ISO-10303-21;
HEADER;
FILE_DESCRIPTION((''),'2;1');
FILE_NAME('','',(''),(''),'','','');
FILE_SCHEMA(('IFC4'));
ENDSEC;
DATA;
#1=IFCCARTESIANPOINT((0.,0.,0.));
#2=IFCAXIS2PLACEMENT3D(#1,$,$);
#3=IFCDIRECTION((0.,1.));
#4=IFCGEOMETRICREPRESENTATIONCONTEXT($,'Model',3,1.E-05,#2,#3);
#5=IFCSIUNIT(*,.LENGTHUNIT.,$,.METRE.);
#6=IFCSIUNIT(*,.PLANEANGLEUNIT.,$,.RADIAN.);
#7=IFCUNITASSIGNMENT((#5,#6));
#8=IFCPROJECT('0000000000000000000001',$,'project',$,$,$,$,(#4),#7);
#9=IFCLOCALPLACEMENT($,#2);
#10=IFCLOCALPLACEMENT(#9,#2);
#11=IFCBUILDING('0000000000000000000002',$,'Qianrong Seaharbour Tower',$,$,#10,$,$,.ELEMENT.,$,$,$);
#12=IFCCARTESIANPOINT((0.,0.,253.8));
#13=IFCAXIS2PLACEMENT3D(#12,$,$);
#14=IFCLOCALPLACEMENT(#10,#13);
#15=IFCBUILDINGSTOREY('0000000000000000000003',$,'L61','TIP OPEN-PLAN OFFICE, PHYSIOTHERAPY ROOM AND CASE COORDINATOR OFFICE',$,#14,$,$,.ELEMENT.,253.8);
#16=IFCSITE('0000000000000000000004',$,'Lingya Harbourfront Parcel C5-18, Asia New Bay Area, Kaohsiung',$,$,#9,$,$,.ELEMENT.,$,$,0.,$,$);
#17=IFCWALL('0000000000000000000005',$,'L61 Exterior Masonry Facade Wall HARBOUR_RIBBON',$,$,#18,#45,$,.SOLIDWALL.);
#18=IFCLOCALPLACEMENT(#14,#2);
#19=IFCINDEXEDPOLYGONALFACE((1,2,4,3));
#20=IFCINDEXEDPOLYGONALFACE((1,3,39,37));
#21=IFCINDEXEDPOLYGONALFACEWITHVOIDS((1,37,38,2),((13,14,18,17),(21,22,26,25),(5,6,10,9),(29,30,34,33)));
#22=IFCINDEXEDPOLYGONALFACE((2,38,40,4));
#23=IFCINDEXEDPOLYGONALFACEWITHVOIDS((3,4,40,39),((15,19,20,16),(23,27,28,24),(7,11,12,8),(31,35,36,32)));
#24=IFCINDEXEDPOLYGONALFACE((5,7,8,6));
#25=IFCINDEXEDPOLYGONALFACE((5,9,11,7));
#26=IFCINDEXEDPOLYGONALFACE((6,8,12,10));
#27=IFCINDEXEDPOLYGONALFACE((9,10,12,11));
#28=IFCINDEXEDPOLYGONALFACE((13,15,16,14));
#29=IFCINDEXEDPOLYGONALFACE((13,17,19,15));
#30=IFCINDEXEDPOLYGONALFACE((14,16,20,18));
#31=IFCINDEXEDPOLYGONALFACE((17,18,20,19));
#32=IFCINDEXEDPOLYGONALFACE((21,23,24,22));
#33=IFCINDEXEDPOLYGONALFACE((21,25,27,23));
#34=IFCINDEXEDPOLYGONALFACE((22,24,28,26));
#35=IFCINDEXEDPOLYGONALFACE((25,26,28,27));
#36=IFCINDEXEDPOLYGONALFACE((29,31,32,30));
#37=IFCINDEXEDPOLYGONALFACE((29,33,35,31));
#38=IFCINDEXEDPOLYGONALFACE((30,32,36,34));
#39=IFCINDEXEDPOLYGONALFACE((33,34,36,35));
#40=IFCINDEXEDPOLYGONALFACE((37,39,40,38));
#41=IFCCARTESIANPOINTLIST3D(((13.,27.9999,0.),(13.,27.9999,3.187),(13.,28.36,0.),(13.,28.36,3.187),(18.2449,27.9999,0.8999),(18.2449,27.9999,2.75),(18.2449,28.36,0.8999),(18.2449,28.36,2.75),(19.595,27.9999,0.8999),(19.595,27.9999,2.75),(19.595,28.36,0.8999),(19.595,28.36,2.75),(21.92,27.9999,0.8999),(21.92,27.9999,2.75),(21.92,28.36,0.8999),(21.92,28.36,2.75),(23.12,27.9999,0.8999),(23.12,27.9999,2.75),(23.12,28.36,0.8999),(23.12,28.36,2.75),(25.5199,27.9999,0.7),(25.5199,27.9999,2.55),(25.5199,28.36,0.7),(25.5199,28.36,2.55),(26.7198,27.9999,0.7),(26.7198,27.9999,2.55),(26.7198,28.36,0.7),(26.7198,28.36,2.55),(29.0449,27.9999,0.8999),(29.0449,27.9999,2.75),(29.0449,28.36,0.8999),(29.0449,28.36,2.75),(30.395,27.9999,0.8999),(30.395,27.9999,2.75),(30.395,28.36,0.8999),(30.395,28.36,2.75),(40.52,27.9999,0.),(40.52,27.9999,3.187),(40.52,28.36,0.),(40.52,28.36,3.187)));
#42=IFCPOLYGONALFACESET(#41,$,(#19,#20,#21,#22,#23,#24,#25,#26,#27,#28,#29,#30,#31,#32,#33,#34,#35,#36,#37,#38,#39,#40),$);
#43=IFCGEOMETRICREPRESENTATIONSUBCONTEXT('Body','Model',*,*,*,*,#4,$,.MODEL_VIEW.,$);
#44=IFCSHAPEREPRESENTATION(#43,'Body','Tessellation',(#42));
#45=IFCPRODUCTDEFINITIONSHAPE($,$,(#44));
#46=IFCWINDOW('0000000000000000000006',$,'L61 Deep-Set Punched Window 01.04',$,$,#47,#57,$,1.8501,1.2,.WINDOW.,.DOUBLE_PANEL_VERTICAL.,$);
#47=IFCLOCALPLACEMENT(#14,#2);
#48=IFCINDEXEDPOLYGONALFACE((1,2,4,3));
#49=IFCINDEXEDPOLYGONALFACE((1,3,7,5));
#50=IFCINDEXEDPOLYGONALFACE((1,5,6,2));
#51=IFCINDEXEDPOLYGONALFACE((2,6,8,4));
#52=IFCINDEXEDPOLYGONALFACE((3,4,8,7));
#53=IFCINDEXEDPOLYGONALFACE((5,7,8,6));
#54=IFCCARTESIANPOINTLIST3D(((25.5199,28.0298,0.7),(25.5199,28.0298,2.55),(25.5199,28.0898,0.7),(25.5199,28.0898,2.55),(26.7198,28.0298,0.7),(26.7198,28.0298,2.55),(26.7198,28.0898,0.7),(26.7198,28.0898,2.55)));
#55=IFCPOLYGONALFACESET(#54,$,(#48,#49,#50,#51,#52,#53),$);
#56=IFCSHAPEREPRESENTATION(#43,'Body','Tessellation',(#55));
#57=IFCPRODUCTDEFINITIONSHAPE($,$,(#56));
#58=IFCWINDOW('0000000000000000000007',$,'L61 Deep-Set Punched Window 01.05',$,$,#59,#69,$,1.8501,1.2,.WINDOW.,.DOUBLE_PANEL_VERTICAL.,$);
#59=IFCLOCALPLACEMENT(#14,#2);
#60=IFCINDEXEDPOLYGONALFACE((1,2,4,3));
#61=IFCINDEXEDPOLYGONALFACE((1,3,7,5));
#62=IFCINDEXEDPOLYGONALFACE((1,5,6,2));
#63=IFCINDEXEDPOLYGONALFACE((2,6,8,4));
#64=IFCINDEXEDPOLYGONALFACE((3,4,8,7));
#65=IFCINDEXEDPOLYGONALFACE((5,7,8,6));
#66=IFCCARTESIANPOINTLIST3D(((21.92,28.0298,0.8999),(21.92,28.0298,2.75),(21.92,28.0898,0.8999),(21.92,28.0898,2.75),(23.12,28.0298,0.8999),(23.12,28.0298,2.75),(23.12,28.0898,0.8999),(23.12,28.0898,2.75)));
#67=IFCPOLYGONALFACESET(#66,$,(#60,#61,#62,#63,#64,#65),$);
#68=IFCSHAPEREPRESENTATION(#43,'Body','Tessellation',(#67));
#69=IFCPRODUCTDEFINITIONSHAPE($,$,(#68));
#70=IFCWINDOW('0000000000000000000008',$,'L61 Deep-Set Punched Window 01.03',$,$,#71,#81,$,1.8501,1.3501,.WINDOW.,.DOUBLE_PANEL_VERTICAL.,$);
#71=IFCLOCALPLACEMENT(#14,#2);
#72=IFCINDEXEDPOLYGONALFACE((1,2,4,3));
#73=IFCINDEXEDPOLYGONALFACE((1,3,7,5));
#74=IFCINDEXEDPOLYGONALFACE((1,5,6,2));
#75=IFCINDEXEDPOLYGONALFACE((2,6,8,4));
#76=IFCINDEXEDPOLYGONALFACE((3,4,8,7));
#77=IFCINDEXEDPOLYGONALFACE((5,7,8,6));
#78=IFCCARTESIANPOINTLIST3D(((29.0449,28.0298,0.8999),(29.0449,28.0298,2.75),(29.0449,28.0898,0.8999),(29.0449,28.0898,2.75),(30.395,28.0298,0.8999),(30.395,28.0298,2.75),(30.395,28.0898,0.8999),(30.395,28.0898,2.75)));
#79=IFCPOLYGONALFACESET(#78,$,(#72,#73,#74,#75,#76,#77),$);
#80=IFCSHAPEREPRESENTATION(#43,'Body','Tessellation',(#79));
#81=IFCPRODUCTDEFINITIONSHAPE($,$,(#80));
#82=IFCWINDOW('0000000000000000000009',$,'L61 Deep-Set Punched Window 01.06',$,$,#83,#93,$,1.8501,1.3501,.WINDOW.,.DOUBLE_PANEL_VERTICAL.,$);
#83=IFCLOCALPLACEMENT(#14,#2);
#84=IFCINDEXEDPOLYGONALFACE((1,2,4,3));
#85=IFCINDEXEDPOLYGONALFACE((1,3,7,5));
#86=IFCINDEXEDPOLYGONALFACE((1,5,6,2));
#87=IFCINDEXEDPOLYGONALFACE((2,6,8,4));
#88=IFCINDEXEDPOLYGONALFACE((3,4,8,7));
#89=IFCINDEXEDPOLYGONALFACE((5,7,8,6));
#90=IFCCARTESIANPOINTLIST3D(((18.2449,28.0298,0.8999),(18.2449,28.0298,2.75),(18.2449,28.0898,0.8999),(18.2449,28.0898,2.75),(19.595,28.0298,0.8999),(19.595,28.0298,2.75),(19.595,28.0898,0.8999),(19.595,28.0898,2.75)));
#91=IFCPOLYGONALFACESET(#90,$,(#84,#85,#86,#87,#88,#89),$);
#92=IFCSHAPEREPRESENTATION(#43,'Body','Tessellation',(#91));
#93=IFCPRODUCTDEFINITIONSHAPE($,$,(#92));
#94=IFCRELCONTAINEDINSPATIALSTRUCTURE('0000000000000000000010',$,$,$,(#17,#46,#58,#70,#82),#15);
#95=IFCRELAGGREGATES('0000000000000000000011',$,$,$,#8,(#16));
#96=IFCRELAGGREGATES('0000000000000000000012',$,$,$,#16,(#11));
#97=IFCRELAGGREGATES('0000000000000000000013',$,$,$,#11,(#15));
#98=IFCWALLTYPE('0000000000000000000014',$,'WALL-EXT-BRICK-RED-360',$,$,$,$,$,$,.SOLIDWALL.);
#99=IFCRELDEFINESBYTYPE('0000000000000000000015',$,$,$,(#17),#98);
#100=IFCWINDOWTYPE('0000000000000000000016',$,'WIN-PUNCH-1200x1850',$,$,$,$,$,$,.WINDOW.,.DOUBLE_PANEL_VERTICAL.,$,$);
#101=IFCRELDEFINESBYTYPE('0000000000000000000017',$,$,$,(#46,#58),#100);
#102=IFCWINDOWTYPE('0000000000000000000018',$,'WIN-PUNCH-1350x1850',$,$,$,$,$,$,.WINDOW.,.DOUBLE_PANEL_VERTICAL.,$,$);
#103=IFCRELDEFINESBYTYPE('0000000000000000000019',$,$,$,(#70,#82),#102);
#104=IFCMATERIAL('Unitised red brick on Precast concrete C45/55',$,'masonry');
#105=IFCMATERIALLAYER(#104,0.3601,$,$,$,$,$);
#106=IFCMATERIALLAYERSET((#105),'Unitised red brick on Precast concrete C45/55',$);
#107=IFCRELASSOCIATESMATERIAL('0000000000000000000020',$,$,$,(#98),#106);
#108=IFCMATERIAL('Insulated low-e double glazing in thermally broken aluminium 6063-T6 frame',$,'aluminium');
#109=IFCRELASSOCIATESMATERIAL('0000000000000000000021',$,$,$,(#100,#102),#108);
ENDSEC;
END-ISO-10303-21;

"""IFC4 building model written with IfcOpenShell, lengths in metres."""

from ifc_helpers import new_model, si_unit, direction, frame, frame_2d, origin, place, context, subcontext, project, spatial, rectangle, extrude, material, layer, layer_set, type_object, element, fill, save


model = new_model("IFC4")

# Units and contexts
model_context = context("Model", 3, precision=1e-05, world=origin(), true_north=direction((0.0, 1.0)))
body_context = subcontext(model_context, "Body", "Model", "MODEL_VIEW")
ifc_project = project(units=[si_unit("LENGTHUNIT", "METRE"), si_unit("PLANEANGLEUNIT", "RADIAN")], contexts=[model_context])

# Site, building, storey
site_placement = place(None, origin())
site = spatial("IfcSite", under=ifc_project, at=site_placement, Name="Lingya Harbourfront Parcel C5-18, Asia New Bay Area, Kaohsiung", CompositionType="ELEMENT", RefElevation=0.0)
building_placement = place(site_placement, origin())
building = spatial("IfcBuilding", under=site, at=building_placement, Name="Qianrong Seaharbour Tower", CompositionType="ELEMENT")
storey_placement = place(building_placement, frame((0.0, 0.0, 253.8)))
storey = spatial("IfcBuildingStorey", under=building, at=storey_placement, Name="L61", Description="TIP OPEN-PLAN OFFICE, PHYSIOTHERAPY ROOM AND CASE COORDINATOR OFFICE", CompositionType="ELEMENT", Elevation=253.8)

# Wall, openings, windows
ifc_material_1 = material(Name="Unitised red brick on Precast concrete C45/55", Category="masonry")
ifc_layer_1 = layer(ifc_material_1, 0.3601)
ifc_layer_set_1 = layer_set([ifc_layer_1], Name="Unitised red brick on Precast concrete C45/55")
wall_type_1 = type_object("IfcWallType", Name="WALL-EXT-BRICK-RED-360", PredefinedType="SOLIDWALL", material=ifc_layer_set_1)
ifc_material_2 = material(Name="Insulated low-e double glazing in thermally broken aluminium 6063-T6 frame", Category="aluminium")
window_type_1 = type_object("IfcWindowType", Name="WIN-PUNCH-1200x1850", PartitioningType="DOUBLE_PANEL_VERTICAL", PredefinedType="WINDOW", material=ifc_material_2)
window_type_2 = type_object("IfcWindowType", Name="WIN-PUNCH-1350x1850", PartitioningType="DOUBLE_PANEL_VERTICAL", PredefinedType="WINDOW", material=ifc_material_2)
wall_1_placement = place(storey_placement, frame((40.52, 28.1799, 0.0), z_axis=(0.0, 0.0, 1.0), x_axis=(-1.0, 0.0, 0.0)))
wall_1 = element("IfcWall", 1, at=wall_1_placement, inside=storey, type_object=wall_type_1, Name="L61 Exterior Masonry Facade Wall HARBOUR_RIBBON", PredefinedType="SOLIDWALL", context=body_context, shape_type="SweptSolid", body=[
    extrude(rectangle(XDim=27.52, YDim=0.3601, at=frame_2d((13.76, 0.0))), origin(), (0.0, 0.0, 1.0), 3.187),
])
opening_1_placement = place(wall_1_placement, frame((10.125, 0.0, 0.8999)))
opening_1 = element("IfcOpeningElement", 2, at=opening_1_placement, cuts=wall_1, PredefinedType="OPENING", context=body_context, shape_type="SweptSolid", body=[
    extrude(rectangle(XDim=1.3501, YDim=1.8501, at=frame_2d((0.675, 0.925))), frame((0.0, 0.1899, 0.0), z_axis=(0.0, -1.0, 0.0), x_axis=(1.0, 0.0, 0.0)), (0.0, 0.0, 1.0), 0.3801),
])
opening_2_placement = place(wall_1_placement, frame((13.8, 0.0, 0.7)))
opening_2 = element("IfcOpeningElement", 3, at=opening_2_placement, cuts=wall_1, PredefinedType="OPENING", context=body_context, shape_type="SweptSolid", body=[
    extrude(rectangle(XDim=1.2, YDim=1.8501, at=frame_2d((0.6001, 0.925))), frame((0.0, 0.1899, 0.0), z_axis=(0.0, -1.0, 0.0), x_axis=(1.0, 0.0, 0.0)), (0.0, 0.0, 1.0), 0.3801),
])
opening_3_placement = place(wall_1_placement, frame((17.3999, 0.0, 0.8999)))
opening_3 = element("IfcOpeningElement", 4, at=opening_3_placement, cuts=wall_1, PredefinedType="OPENING", context=body_context, shape_type="SweptSolid", body=[
    extrude(rectangle(XDim=1.2, YDim=1.8501, at=frame_2d((0.6001, 0.925))), frame((0.0, 0.1899, 0.0), z_axis=(0.0, -1.0, 0.0), x_axis=(1.0, 0.0, 0.0)), (0.0, 0.0, 1.0), 0.3801),
])
opening_4_placement = place(wall_1_placement, frame((20.925, 0.0, 0.8999)))
opening_4 = element("IfcOpeningElement", 5, at=opening_4_placement, cuts=wall_1, PredefinedType="OPENING", context=body_context, shape_type="SweptSolid", body=[
    extrude(rectangle(XDim=1.3501, YDim=1.8501, at=frame_2d((0.675, 0.925))), frame((0.0, 0.1899, 0.0), z_axis=(0.0, -1.0, 0.0), x_axis=(1.0, 0.0, 0.0)), (0.0, 0.0, 1.0), 0.3801),
])
window_1_placement = place(opening_2_placement, origin())
window_1 = element("IfcWindow", 6, at=window_1_placement, inside=storey, type_object=window_type_1, Name="L61 Deep-Set Punched Window 01.04", OverallHeight=1.8501, OverallWidth=1.2, PartitioningType="DOUBLE_PANEL_VERTICAL", PredefinedType="WINDOW", context=body_context, shape_type="SweptSolid", body=[
    extrude(rectangle(XDim=1.2, YDim=1.8501, at=frame_2d((0.6001, 0.925))), frame((0.0, 0.1501, 0.0), z_axis=(0.0, -1.0, 0.0), x_axis=(1.0, 0.0, 0.0)), (0.0, 0.0, 1.0), 0.0601),
])
fill(opening_2, window_1)
window_2_placement = place(opening_3_placement, origin())
window_2 = element("IfcWindow", 7, at=window_2_placement, inside=storey, type_object=window_type_1, Name="L61 Deep-Set Punched Window 01.05", OverallHeight=1.8501, OverallWidth=1.2, PartitioningType="DOUBLE_PANEL_VERTICAL", PredefinedType="WINDOW", context=body_context, shape_type="SweptSolid", body=[
    extrude(rectangle(XDim=1.2, YDim=1.8501, at=frame_2d((0.6001, 0.925))), frame((0.0, 0.1501, 0.0), z_axis=(0.0, -1.0, 0.0), x_axis=(1.0, 0.0, 0.0)), (0.0, 0.0, 1.0), 0.0601),
])
fill(opening_3, window_2)
window_3_placement = place(opening_1_placement, origin())
window_3 = element("IfcWindow", 8, at=window_3_placement, inside=storey, type_object=window_type_2, Name="L61 Deep-Set Punched Window 01.03", OverallHeight=1.8501, OverallWidth=1.3501, PartitioningType="DOUBLE_PANEL_VERTICAL", PredefinedType="WINDOW", context=body_context, shape_type="SweptSolid", body=[
    extrude(rectangle(XDim=1.3501, YDim=1.8501, at=frame_2d((0.675, 0.925))), frame((0.0, 0.1501, 0.0), z_axis=(0.0, -1.0, 0.0), x_axis=(1.0, 0.0, 0.0)), (0.0, 0.0, 1.0), 0.0601),
])
fill(opening_1, window_3)
window_4_placement = place(opening_4_placement, origin())
window_4 = element("IfcWindow", 9, at=window_4_placement, inside=storey, type_object=window_type_2, Name="L61 Deep-Set Punched Window 01.06", OverallHeight=1.8501, OverallWidth=1.3501, PartitioningType="DOUBLE_PANEL_VERTICAL", PredefinedType="WINDOW", context=body_context, shape_type="SweptSolid", body=[
    extrude(rectangle(XDim=1.3501, YDim=1.8501, at=frame_2d((0.675, 0.925))), frame((0.0, 0.1501, 0.0), z_axis=(0.0, -1.0, 0.0), x_axis=(1.0, 0.0, 0.0)), (0.0, 0.0, 1.0), 0.0601),
])
fill(opening_4, window_4)

save(model, "model.ifc")
